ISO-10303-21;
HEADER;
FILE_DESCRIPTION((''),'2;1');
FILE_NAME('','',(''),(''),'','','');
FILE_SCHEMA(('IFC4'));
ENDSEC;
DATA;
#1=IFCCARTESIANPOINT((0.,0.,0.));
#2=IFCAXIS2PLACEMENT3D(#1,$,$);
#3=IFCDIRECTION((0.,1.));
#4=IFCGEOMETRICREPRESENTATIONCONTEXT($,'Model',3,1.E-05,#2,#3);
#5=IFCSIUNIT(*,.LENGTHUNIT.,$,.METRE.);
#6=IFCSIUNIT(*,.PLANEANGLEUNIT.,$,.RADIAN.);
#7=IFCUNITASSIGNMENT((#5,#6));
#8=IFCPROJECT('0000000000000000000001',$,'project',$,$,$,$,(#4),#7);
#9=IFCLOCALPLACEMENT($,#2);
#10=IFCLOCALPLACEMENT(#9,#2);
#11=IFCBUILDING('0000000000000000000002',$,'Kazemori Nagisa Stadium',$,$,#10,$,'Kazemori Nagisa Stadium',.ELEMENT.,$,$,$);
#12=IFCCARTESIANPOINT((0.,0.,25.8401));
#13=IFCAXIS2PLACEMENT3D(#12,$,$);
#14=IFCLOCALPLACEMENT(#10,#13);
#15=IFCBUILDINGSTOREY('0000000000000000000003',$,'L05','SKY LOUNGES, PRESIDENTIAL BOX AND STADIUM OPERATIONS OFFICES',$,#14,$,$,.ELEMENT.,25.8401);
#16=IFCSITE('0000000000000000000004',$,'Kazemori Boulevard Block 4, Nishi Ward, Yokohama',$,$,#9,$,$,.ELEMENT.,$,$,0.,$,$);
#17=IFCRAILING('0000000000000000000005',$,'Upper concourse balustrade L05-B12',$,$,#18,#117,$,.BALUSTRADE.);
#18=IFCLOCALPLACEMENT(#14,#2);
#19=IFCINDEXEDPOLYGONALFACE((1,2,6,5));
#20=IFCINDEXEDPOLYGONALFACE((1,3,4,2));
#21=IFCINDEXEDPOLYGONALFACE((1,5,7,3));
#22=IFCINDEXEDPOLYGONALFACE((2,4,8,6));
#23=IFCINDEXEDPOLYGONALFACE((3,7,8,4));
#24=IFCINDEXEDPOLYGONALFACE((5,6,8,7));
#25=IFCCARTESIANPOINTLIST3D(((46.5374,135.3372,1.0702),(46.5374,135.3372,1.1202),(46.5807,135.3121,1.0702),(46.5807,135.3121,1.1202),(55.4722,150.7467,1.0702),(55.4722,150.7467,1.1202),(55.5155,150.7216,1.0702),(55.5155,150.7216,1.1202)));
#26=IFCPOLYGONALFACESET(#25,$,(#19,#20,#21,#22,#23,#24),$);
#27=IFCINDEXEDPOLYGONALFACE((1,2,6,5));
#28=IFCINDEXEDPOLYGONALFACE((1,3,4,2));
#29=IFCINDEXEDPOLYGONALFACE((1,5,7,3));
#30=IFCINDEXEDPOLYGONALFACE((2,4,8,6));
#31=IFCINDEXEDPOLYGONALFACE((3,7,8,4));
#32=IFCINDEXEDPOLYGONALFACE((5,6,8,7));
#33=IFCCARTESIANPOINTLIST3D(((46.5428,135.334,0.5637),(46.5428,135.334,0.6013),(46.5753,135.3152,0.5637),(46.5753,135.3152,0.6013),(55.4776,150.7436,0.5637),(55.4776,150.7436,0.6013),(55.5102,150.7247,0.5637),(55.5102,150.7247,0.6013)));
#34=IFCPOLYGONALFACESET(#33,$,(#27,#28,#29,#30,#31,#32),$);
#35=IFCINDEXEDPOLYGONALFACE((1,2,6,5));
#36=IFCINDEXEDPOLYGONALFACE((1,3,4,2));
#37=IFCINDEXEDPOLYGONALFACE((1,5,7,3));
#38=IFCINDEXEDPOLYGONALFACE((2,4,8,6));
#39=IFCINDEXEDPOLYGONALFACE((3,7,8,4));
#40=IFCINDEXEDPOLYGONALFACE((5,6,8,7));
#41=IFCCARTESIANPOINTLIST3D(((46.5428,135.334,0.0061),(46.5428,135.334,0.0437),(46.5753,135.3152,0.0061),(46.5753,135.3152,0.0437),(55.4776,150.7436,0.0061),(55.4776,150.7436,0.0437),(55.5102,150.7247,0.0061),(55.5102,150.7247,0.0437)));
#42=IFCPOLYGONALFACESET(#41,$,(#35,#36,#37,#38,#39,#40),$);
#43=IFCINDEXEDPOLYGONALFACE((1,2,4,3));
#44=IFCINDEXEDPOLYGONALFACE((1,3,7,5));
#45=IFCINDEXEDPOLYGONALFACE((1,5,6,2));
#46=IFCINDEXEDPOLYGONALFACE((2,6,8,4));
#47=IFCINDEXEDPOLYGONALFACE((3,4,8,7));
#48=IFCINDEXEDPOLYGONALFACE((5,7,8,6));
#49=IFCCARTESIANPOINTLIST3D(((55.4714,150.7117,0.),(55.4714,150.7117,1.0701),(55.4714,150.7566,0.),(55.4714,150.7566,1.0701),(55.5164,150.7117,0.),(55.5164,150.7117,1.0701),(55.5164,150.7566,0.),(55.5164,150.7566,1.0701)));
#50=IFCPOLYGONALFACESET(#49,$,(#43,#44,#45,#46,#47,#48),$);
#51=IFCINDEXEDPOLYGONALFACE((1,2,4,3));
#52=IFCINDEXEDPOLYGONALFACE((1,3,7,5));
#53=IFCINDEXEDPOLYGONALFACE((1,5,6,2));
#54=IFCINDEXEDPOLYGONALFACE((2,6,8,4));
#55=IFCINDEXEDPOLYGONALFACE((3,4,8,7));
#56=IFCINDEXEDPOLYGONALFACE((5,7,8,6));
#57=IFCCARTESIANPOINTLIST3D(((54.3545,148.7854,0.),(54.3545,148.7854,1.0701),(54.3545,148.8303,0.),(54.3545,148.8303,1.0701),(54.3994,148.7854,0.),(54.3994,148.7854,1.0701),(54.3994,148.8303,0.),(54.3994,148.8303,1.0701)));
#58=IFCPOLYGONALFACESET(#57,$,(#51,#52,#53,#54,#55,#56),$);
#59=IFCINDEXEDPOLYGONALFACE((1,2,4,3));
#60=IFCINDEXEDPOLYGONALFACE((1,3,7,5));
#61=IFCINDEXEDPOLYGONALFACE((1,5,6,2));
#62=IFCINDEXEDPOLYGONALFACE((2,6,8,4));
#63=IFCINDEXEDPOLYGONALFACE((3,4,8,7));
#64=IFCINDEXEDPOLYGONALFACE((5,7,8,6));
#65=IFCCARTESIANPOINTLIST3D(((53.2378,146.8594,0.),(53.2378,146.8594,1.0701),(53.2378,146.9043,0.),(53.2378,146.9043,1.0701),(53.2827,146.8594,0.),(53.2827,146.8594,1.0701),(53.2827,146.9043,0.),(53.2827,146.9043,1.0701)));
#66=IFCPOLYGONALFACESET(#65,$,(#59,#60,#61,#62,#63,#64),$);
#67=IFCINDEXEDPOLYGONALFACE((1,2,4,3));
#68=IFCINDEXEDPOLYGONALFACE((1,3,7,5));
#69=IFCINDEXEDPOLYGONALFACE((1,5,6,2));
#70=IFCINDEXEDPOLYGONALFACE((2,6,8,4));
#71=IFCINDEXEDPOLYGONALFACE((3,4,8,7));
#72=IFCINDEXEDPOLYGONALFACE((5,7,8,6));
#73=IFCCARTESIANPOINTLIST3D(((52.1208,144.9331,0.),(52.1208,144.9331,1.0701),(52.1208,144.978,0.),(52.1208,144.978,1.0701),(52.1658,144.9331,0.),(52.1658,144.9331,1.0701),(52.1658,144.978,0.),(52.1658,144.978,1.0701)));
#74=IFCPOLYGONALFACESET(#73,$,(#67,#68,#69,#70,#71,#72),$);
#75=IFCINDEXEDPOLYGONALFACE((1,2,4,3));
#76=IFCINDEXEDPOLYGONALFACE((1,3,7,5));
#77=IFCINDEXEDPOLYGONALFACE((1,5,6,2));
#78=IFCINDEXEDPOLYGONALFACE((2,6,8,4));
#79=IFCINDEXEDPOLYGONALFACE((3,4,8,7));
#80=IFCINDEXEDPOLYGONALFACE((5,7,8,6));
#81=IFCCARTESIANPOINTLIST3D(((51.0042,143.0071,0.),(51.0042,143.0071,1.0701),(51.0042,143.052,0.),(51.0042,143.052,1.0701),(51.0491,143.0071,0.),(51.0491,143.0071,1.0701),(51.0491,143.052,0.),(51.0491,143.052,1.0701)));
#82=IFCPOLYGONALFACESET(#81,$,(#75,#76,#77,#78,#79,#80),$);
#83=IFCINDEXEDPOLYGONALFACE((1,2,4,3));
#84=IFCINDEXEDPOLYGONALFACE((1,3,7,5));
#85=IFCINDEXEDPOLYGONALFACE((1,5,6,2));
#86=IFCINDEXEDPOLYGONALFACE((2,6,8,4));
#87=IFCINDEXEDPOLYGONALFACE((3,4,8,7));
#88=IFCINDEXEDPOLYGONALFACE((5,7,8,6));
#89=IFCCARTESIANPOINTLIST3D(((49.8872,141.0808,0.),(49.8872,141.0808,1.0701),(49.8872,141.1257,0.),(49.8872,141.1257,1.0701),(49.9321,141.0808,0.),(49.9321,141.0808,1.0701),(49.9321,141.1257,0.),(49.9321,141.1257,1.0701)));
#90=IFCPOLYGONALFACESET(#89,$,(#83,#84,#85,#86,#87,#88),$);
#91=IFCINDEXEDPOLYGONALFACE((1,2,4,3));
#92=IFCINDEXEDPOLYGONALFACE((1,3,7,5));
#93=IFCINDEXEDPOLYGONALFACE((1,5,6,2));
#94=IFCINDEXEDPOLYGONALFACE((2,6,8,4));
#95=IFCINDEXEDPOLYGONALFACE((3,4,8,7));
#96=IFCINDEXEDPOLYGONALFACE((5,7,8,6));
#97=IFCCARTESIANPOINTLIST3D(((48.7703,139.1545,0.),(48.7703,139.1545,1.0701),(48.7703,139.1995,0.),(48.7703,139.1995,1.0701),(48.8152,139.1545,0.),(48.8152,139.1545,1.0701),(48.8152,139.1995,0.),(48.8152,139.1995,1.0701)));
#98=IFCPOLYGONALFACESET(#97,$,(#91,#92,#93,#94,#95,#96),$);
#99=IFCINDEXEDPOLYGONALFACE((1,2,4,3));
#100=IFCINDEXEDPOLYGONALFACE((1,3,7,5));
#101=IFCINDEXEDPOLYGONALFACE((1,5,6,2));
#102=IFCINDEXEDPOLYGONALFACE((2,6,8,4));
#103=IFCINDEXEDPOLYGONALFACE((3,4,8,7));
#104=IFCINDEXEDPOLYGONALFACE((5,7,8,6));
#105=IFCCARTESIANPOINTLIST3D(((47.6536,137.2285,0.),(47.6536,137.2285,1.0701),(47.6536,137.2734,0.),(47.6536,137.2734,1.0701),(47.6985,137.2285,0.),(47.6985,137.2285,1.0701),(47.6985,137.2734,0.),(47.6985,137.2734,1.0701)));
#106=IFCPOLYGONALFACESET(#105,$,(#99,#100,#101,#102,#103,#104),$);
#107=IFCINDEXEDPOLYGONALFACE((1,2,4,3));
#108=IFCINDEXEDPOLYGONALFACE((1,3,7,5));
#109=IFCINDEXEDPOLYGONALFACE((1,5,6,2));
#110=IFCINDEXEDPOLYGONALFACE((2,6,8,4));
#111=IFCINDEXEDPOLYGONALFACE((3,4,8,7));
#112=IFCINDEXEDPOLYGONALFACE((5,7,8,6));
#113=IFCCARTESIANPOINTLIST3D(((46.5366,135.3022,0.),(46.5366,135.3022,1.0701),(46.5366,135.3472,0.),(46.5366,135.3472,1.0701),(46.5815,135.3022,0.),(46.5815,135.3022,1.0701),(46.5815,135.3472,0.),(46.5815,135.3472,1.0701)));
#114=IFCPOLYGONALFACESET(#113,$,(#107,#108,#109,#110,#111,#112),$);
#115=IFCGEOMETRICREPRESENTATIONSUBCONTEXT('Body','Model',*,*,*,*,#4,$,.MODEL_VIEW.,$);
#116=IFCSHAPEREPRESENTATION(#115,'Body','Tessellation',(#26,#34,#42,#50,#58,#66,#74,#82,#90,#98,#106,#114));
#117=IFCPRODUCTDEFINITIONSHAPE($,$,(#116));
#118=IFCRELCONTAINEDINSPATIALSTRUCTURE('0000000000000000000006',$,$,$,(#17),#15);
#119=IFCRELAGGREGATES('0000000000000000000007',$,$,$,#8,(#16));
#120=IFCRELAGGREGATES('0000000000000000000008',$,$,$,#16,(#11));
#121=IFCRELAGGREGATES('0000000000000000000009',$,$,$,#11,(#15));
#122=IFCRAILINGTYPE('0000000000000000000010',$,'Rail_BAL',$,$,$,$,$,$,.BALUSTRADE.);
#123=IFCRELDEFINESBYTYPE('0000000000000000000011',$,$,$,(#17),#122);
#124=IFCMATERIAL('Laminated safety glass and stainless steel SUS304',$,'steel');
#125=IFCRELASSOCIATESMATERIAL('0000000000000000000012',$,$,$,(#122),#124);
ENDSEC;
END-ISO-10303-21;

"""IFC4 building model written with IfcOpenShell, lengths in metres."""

from ifc_helpers import new_model, si_unit, direction, frame, origin, origin_2d, place, context, subcontext, project, spatial, rectangle, extrude, material, type_object, element, save


model = new_model("IFC4")

# Units and contexts
model_context = context("Model", 3, precision=1e-05, world=origin(), true_north=direction((0.0, 1.0)))
body_context = subcontext(model_context, "Body", "Model", "MODEL_VIEW")
ifc_project = project(units=[si_unit("LENGTHUNIT", "METRE"), si_unit("PLANEANGLEUNIT", "RADIAN")], contexts=[model_context])

# Site, building, storey
site_placement = place(None, origin())
site = spatial("IfcSite", under=ifc_project, at=site_placement, Name="Kazemori Boulevard Block 4, Nishi Ward, Yokohama", CompositionType="ELEMENT", RefElevation=0.0)
building_placement = place(site_placement, origin())
building = spatial("IfcBuilding", under=site, at=building_placement, Name="Kazemori Nagisa Stadium", LongName="Kazemori Nagisa Stadium", CompositionType="ELEMENT")
storey_placement = place(building_placement, frame((0.0, 0.0, 25.8401)))
storey = spatial("IfcBuildingStorey", under=building, at=storey_placement, Name="L05", Description="SKY LOUNGES, PRESIDENTIAL BOX AND STADIUM OPERATIONS OFFICES", CompositionType="ELEMENT", Elevation=25.8401)

# Railing
ifc_material_1 = material(Name="Laminated safety glass and stainless steel SUS304", Category="steel")
railing_type_1 = type_object("IfcRailingType", Name="Rail_BAL", PredefinedType="BALUSTRADE", material=ifc_material_1)
railing_1_placement = place(storey_placement, frame((55.4939, 150.7341, 0.0)))
element("IfcRailing", 1, at=railing_1_placement, inside=storey, type_object=railing_type_1, Name="Upper concourse balustrade L05-B12", PredefinedType="BALUSTRADE", context=body_context, shape_type="SweptSolid", body=[
    extrude(rectangle(XDim=0.05, YDim=0.05, at=origin_2d()), frame((0.0, 0.0, 1.0952), z_axis=(-0.501607, -0.865096, 0.0), x_axis=(0.865096, -0.501607, 0.0)), (0.0, 0.0, 1.0), 17.8125),
    extrude(rectangle(XDim=0.0376, YDim=0.0376, at=origin_2d()), frame((0.0, 0.0, 0.5825), z_axis=(-0.501607, -0.865096, 0.0), x_axis=(0.865096, -0.501607, 0.0)), (0.0, 0.0, 1.0), 17.8125),
    extrude(rectangle(XDim=0.0376, YDim=0.0376, at=origin_2d()), frame((0.0, 0.0, 0.0249), z_axis=(-0.501607, -0.865096, 0.0), x_axis=(0.865096, -0.501607, 0.0)), (0.0, 0.0, 1.0), 17.8125),
    extrude(rectangle(XDim=0.0449, YDim=0.0449, at=origin_2d()), origin(), (0.0, 0.0, 1.0), 1.0701),
    extrude(rectangle(XDim=0.0449, YDim=0.0449, at=origin_2d()), frame((-1.1169, -1.9263, 0.0)), (0.0, 0.0, 1.0), 1.0701),
    extrude(rectangle(XDim=0.0449, YDim=0.0449, at=origin_2d()), frame((-2.2336, -3.8523, 0.0)), (0.0, 0.0, 1.0), 1.0701),
    extrude(rectangle(XDim=0.0449, YDim=0.0449, at=origin_2d()), frame((-3.3506, -5.7786, 0.0)), (0.0, 0.0, 1.0), 1.0701),
    extrude(rectangle(XDim=0.0449, YDim=0.0449, at=origin_2d()), frame((-4.4673, -7.7046, 0.0)), (0.0, 0.0, 1.0), 1.0701),
    extrude(rectangle(XDim=0.0449, YDim=0.0449, at=origin_2d()), frame((-5.5842, -9.6309, 0.0)), (0.0, 0.0, 1.0), 1.0701),
    extrude(rectangle(XDim=0.0449, YDim=0.0449, at=origin_2d()), frame((-6.7012, -11.5571, 0.0)), (0.0, 0.0, 1.0), 1.0701),
    extrude(rectangle(XDim=0.0449, YDim=0.0449, at=origin_2d()), frame((-7.8179, -13.4832, 0.0)), (0.0, 0.0, 1.0), 1.0701),
    extrude(rectangle(XDim=0.0449, YDim=0.0449, at=origin_2d()), frame((-8.9348, -15.4094, 0.0)), (0.0, 0.0, 1.0), 1.0701),
])

save(model, "model.ifc")
